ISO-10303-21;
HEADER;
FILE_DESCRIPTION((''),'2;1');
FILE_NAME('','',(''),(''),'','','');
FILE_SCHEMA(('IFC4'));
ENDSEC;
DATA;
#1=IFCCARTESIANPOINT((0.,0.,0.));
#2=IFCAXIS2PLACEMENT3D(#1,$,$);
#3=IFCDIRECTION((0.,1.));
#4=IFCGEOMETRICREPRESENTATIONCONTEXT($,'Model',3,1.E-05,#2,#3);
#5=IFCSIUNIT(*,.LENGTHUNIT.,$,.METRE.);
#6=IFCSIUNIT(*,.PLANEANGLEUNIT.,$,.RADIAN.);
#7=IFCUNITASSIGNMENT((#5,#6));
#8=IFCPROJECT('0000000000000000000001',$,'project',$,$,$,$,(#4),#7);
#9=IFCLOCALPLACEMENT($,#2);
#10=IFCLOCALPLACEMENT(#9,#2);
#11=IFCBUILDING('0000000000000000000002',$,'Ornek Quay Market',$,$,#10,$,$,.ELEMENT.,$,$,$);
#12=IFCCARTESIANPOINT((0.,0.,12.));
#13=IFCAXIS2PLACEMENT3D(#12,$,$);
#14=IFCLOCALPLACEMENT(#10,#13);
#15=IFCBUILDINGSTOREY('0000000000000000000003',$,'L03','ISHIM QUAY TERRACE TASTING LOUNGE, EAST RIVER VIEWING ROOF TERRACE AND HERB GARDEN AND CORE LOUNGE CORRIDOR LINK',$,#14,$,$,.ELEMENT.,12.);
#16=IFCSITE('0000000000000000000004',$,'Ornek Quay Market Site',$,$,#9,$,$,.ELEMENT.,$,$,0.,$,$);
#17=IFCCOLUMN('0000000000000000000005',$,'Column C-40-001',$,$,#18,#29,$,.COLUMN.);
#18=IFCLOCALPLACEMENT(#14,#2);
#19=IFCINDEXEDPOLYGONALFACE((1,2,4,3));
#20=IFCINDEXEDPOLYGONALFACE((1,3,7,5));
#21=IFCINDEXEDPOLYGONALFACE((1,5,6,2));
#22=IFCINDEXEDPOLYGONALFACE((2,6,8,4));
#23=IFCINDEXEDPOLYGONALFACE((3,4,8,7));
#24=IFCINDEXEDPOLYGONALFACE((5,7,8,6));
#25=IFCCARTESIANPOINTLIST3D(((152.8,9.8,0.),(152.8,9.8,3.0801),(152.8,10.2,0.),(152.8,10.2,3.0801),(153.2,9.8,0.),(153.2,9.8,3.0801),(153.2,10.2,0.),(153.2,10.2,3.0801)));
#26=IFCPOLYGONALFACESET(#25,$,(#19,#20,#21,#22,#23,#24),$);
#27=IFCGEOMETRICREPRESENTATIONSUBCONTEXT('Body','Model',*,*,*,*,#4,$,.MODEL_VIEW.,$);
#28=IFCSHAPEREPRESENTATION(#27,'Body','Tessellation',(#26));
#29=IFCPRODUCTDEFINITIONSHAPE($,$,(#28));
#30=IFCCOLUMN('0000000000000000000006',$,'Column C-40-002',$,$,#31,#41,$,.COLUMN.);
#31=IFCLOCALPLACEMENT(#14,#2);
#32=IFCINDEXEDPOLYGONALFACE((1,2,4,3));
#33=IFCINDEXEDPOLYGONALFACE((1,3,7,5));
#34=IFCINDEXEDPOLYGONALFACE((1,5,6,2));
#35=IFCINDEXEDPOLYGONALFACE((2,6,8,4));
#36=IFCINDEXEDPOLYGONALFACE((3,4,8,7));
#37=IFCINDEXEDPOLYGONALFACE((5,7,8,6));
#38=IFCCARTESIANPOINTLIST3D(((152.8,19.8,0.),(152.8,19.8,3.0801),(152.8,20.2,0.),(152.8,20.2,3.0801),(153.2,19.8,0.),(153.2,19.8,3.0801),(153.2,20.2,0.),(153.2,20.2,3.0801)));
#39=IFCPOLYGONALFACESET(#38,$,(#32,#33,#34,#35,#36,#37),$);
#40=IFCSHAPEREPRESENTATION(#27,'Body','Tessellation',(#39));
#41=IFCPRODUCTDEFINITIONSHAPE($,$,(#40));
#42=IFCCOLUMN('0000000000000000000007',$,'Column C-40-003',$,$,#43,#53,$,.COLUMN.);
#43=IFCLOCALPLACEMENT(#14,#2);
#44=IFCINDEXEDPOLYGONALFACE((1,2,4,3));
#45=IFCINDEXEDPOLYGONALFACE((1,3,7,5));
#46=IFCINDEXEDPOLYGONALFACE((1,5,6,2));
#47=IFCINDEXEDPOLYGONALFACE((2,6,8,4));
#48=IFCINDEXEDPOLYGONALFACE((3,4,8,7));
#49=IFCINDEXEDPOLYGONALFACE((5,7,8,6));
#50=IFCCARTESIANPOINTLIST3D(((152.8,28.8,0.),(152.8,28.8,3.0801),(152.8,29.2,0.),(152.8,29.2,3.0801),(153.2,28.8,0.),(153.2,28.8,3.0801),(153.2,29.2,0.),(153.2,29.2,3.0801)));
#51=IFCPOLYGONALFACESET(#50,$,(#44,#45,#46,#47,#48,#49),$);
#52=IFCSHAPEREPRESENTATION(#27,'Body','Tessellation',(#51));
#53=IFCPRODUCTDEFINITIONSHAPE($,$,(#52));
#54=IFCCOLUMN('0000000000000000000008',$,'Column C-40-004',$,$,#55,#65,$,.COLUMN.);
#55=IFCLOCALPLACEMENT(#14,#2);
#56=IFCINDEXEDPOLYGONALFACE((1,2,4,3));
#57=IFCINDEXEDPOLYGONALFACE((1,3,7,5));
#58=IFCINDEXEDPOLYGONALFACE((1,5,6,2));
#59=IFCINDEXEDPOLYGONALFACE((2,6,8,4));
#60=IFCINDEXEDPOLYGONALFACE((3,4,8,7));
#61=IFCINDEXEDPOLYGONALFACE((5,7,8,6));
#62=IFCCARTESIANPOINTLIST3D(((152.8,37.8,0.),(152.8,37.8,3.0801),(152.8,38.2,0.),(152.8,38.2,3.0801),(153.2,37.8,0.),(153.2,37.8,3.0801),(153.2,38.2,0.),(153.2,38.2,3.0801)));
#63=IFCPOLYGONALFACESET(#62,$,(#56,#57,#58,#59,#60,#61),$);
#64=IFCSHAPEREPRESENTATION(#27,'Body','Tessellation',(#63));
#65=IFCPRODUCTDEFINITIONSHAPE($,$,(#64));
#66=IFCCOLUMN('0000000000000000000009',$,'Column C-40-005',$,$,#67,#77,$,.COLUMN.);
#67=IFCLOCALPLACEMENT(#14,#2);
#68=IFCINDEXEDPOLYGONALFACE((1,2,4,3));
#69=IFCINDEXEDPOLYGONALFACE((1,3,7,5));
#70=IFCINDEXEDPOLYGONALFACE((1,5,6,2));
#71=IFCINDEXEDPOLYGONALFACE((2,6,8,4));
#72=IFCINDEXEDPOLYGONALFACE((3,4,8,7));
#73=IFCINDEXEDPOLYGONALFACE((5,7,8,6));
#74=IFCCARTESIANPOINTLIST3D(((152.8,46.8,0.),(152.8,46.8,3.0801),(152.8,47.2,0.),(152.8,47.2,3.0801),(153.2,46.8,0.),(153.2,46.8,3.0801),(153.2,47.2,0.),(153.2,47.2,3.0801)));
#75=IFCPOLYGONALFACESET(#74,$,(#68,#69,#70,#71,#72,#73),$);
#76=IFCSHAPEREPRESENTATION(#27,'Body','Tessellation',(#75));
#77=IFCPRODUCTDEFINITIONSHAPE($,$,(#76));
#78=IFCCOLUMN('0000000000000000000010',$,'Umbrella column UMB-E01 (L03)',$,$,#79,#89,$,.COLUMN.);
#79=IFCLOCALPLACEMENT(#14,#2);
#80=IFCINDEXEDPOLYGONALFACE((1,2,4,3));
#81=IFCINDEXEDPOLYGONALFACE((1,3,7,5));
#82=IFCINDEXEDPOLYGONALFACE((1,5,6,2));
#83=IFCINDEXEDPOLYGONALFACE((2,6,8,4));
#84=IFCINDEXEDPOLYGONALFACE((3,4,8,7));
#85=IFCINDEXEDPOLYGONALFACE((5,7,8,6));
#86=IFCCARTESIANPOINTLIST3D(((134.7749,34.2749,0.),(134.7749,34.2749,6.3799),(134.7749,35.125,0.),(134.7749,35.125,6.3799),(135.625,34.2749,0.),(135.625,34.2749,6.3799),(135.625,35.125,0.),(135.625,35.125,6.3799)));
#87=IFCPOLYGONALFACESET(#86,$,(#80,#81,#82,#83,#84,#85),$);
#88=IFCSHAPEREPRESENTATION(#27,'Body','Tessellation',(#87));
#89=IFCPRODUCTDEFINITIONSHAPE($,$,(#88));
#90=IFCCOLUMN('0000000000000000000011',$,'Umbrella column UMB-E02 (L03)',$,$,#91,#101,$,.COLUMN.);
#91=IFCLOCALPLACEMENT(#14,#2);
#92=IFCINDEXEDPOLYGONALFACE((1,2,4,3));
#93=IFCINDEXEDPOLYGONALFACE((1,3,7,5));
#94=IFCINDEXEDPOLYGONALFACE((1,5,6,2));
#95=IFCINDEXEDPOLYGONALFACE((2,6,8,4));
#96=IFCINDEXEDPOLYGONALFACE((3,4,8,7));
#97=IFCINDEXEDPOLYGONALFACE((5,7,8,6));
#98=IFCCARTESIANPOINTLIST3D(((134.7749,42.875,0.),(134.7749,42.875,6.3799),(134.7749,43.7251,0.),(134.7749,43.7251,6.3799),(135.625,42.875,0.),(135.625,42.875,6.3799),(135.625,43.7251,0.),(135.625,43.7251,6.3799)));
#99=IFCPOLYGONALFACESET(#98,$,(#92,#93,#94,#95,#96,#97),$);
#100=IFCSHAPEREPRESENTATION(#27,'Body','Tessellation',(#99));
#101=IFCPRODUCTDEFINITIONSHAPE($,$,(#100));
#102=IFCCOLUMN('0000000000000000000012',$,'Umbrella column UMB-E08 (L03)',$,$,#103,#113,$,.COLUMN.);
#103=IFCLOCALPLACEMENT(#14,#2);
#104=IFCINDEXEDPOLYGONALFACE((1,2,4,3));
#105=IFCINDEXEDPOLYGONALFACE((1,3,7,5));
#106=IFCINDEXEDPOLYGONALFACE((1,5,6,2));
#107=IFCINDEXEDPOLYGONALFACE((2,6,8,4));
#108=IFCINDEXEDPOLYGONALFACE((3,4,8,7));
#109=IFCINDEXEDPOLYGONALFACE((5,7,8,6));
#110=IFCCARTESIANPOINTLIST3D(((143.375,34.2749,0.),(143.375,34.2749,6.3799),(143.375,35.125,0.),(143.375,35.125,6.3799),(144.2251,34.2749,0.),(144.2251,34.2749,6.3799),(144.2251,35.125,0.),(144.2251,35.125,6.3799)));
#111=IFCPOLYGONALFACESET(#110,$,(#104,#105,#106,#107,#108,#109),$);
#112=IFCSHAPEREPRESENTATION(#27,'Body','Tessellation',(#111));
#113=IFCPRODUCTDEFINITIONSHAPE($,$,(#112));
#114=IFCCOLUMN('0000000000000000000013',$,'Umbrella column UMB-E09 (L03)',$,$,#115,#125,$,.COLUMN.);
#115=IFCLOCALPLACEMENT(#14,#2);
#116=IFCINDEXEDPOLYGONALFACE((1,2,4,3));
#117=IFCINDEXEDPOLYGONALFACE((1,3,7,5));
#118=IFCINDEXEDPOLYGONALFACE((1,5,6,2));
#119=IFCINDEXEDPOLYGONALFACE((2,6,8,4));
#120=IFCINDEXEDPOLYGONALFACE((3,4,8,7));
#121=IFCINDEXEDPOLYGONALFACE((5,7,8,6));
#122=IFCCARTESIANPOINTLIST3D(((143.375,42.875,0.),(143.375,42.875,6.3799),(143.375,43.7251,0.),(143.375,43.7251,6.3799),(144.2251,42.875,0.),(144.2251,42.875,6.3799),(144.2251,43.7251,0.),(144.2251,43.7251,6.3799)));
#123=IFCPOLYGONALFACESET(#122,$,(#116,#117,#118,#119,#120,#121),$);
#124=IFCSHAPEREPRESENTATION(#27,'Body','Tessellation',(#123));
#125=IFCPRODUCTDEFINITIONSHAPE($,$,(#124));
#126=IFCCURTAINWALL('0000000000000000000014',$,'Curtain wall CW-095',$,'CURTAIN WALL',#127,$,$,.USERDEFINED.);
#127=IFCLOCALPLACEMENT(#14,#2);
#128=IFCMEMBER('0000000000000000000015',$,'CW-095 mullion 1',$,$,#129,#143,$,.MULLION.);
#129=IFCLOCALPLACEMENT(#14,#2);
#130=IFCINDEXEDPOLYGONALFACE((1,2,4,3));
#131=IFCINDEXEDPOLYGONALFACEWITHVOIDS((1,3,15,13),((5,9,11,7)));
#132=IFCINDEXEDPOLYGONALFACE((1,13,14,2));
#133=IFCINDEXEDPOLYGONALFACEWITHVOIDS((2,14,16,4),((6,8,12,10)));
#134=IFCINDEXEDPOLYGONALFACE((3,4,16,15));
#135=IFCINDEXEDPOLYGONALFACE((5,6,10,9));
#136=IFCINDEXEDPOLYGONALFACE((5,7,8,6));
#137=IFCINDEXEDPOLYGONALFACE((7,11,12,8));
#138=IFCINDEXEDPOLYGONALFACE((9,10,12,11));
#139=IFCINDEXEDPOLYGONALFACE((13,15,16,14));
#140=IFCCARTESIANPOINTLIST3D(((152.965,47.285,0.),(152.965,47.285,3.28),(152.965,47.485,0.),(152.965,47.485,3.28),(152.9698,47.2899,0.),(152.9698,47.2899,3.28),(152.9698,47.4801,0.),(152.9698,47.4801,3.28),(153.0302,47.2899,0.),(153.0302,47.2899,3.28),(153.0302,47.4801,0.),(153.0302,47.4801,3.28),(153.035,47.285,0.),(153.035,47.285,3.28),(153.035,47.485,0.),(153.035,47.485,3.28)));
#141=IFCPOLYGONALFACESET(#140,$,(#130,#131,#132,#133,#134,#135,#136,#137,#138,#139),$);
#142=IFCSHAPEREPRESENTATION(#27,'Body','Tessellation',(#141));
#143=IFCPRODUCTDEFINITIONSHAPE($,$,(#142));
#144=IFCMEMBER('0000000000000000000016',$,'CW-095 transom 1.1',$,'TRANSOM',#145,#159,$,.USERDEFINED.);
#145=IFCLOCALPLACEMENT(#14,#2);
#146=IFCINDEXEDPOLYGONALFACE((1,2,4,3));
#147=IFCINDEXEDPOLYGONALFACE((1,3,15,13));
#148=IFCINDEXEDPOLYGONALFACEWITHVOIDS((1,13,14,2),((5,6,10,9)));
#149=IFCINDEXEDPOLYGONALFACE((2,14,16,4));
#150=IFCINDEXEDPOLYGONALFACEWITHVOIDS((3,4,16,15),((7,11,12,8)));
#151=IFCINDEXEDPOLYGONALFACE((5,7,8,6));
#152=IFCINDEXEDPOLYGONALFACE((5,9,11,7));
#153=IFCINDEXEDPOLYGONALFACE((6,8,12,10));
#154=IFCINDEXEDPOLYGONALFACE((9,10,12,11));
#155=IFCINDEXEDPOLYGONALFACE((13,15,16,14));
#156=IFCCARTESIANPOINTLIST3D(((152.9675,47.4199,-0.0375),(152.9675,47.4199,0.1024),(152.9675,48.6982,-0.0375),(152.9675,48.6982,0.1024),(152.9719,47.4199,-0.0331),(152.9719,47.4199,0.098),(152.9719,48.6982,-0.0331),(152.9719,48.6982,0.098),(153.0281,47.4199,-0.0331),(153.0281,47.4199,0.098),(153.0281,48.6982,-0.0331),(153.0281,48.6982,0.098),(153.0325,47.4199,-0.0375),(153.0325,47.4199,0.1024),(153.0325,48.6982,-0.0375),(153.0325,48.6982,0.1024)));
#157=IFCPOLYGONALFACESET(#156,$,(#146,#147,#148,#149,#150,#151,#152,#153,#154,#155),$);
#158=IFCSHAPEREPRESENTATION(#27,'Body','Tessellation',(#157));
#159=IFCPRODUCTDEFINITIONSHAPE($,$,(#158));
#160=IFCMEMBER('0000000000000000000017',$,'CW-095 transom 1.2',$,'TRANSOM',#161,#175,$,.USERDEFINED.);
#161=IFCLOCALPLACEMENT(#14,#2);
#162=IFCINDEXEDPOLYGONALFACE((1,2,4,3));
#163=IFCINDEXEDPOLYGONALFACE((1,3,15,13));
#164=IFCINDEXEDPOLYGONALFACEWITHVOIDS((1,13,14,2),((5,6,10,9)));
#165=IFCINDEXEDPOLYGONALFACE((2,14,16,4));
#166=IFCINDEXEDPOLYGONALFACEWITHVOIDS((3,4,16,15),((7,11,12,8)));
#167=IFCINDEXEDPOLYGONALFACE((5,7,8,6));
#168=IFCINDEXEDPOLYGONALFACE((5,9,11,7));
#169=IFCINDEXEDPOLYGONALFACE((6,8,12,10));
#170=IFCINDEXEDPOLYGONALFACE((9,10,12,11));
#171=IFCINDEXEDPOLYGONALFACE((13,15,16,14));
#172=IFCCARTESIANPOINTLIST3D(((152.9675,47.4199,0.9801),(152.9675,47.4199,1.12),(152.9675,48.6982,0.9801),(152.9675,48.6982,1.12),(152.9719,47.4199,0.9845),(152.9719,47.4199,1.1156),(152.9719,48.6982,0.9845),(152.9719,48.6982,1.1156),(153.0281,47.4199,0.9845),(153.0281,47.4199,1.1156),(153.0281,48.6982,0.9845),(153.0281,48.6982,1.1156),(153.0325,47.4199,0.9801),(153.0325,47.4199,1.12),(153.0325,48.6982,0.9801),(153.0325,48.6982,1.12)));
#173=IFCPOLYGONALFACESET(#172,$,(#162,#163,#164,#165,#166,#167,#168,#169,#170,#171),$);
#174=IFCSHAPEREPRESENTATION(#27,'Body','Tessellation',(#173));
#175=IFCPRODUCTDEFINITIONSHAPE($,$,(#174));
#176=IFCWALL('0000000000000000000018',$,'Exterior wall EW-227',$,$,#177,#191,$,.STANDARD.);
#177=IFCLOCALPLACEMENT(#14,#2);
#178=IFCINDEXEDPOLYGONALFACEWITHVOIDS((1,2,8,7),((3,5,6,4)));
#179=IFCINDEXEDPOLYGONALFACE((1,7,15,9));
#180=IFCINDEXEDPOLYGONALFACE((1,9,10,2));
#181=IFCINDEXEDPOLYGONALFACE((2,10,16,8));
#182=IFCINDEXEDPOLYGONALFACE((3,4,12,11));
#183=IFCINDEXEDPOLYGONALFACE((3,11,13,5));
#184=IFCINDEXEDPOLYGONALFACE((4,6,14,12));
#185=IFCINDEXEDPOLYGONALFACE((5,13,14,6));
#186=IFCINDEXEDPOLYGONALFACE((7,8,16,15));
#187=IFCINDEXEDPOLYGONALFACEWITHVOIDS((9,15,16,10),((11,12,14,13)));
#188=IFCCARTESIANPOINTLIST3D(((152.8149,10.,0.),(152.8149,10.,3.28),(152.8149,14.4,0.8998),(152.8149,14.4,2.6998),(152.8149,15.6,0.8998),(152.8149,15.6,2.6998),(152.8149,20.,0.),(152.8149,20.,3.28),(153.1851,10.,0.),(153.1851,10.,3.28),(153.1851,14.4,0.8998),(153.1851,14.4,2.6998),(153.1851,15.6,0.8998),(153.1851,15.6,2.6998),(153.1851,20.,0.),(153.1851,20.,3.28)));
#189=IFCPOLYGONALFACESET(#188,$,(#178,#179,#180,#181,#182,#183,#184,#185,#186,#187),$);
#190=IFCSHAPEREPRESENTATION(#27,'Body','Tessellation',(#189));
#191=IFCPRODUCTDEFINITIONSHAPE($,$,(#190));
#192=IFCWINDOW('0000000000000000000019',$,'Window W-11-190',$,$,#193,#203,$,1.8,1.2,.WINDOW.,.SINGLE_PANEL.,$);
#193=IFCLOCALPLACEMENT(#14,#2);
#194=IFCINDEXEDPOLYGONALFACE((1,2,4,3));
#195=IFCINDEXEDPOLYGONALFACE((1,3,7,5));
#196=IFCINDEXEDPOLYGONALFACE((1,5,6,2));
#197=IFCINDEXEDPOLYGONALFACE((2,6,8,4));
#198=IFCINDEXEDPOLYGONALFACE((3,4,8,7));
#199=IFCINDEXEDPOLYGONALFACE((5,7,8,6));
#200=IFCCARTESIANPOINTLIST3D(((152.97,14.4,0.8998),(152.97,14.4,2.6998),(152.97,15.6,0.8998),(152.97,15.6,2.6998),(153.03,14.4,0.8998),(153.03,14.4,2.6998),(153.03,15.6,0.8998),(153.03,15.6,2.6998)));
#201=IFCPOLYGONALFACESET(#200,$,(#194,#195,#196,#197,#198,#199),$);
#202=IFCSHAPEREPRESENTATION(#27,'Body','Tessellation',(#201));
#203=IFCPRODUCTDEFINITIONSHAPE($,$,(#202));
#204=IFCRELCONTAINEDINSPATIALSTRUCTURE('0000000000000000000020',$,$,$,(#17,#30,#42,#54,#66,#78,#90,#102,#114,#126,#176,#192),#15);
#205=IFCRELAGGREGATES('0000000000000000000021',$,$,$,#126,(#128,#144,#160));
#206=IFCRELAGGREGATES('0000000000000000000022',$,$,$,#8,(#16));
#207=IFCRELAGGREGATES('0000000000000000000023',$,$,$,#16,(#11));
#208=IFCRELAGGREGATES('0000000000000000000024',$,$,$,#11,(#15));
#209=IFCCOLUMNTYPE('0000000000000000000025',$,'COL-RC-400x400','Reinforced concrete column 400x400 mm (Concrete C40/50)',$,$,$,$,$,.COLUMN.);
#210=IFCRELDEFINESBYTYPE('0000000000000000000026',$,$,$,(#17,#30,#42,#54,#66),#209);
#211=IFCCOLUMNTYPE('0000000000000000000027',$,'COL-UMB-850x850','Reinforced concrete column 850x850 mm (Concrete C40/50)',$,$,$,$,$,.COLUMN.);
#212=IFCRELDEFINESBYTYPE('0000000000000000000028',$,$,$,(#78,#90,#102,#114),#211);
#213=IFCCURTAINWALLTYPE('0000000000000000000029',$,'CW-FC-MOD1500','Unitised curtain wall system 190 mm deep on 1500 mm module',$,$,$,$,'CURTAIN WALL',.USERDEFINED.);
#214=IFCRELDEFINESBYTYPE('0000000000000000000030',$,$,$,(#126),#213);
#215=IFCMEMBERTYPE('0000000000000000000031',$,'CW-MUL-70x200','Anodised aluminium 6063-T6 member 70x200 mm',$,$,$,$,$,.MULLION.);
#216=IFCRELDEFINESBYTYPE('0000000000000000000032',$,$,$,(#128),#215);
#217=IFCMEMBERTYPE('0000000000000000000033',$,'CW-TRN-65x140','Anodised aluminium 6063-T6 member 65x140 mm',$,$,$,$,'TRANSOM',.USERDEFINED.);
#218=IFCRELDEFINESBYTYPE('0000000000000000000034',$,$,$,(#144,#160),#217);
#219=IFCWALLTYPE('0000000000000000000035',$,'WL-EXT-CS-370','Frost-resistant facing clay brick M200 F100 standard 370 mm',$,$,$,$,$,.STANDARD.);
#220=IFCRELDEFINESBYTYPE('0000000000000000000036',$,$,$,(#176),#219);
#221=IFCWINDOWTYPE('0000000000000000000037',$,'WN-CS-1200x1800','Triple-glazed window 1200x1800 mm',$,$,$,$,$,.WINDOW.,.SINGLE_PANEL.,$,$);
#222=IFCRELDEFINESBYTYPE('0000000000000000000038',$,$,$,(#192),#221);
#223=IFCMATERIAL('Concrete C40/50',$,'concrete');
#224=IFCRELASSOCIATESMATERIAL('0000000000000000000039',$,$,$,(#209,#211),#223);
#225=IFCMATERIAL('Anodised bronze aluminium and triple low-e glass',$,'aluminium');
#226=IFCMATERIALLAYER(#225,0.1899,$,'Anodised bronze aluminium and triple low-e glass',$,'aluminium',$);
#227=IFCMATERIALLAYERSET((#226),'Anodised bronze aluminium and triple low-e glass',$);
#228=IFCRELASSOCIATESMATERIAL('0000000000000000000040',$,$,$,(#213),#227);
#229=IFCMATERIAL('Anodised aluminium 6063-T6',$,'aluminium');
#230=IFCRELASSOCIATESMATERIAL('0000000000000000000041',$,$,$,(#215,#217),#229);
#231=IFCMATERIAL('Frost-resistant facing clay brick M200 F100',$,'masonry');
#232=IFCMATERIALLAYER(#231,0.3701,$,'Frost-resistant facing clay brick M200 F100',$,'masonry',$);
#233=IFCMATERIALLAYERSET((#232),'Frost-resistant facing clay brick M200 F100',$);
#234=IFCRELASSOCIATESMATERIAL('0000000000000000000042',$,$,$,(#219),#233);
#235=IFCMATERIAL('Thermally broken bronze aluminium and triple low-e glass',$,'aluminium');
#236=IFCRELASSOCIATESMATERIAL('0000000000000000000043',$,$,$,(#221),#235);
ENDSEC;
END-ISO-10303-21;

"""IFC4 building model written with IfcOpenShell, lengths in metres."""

from ifc_helpers import new_model, si_unit, direction, frame, frame_2d, origin, origin_2d, place, context, subcontext, project, spatial, rectangle, hollow_rectangle, extrude, material, layer, layer_set, material_profile, profile_set, type_object, element, fill, aggregate, save


model = new_model("IFC4")

# Units and contexts
model_context = context("Model", 3, precision=1e-05, world=origin(), true_north=direction((0.0, 1.0)))
body_context = subcontext(model_context, "Body", "Model", "MODEL_VIEW")
ifc_project = project(units=[si_unit("LENGTHUNIT", "METRE"), si_unit("PLANEANGLEUNIT", "RADIAN")], contexts=[model_context])

# Site, building, storey
site_placement = place(None, origin())
site = spatial("IfcSite", under=ifc_project, at=site_placement, Name="Ornek Quay Market Site", CompositionType="ELEMENT", RefElevation=0.0)
building_placement = place(site_placement, origin())
building = spatial("IfcBuilding", under=site, at=building_placement, Name="Ornek Quay Market", CompositionType="ELEMENT")
storey_placement = place(building_placement, frame((0.0, 0.0, 12.0)))
storey = spatial("IfcBuildingStorey", under=building, at=storey_placement, Name="L03", Description="ISHIM QUAY TERRACE TASTING LOUNGE, EAST RIVER VIEWING ROOF TERRACE AND HERB GARDEN AND CORE LOUNGE CORRIDOR LINK", CompositionType="ELEMENT", Elevation=12.0)

# Columns
ifc_material_1 = material(Name="Concrete C40/50", Category="concrete")
ifc_material_profile_1 = material_profile(ifc_material_1, rectangle(XDim=0.3999, YDim=0.3999, at=origin_2d()), Name="RC 400x400", Category="concrete")
ifc_profile_set_1 = profile_set([ifc_material_profile_1], Name="Concrete C40/50")
column_type_1 = type_object("IfcColumnType", Name="COL-RC-400x400", Description="Reinforced concrete column 400x400 mm (Concrete C40/50)", PredefinedType="COLUMN", material=ifc_profile_set_1)
for number, where, z_axis, x_axis, name in (
    (1, (153.0, 10.0, 0.0), (0.0, 0.0, 1.0), (1.0, 0.0, 0.0), "Column C-40-001"),
    (2, (153.0, 20.0, 0.0), (0.0, 0.0, 1.0), (1.0, 0.0, 0.0), "Column C-40-002"),
    (3, (153.0, 29.0, 0.0), (0.0, 0.0, 1.0), (1.0, 0.0, 0.0), "Column C-40-003"),
    (4, (153.0, 38.0, 0.0), (0.0, 0.0, 1.0), (1.0, 0.0, 0.0), "Column C-40-004"),
    (5, (153.0, 47.0, 0.0), (0.0, 0.0, 1.0), (1.0, 0.0, 0.0), "Column C-40-005"),
):
    element("IfcColumn", number, at=place(storey_placement, frame(where, z_axis=z_axis, x_axis=x_axis)), inside=storey, type_object=column_type_1, Name=name, PredefinedType="COLUMN", context=body_context, shape_type="SweptSolid", body=[
        extrude(rectangle(XDim=0.3999, YDim=0.3999, at=origin_2d()), origin(), (0.0, 0.0, 1.0), 3.0801),
    ])
ifc_material_profile_2 = material_profile(ifc_material_1, rectangle(XDim=0.8501, YDim=0.8501, at=origin_2d()), Name="RC 850x850", Category="concrete")
ifc_profile_set_2 = profile_set([ifc_material_profile_2], Name="Concrete C40/50")
column_type_2 = type_object("IfcColumnType", Name="COL-UMB-850x850", Description="Reinforced concrete column 850x850 mm (Concrete C40/50)", PredefinedType="COLUMN", material=ifc_profile_set_2)
for number, where, z_axis, x_axis, name in (
    (6, (135.2, 34.7, 0.0), (0.0, 0.0, 1.0), (1.0, 0.0, 0.0), "Umbrella column UMB-E01 (L03)"),
    (7, (135.2, 43.3, 0.0), (0.0, 0.0, 1.0), (1.0, 0.0, 0.0), "Umbrella column UMB-E02 (L03)"),
    (8, (143.8, 34.7, 0.0), (0.0, 0.0, 1.0), (1.0, 0.0, 0.0), "Umbrella column UMB-E08 (L03)"),
    (9, (143.8, 43.3, 0.0), (0.0, 0.0, 1.0), (1.0, 0.0, 0.0), "Umbrella column UMB-E09 (L03)"),
):
    element("IfcColumn", number, at=place(storey_placement, frame(where, z_axis=z_axis, x_axis=x_axis)), inside=storey, type_object=column_type_2, Name=name, PredefinedType="COLUMN", context=body_context, shape_type="SweptSolid", body=[
        extrude(rectangle(XDim=0.8501, YDim=0.8501, at=origin_2d()), origin(), (0.0, 0.0, 1.0), 6.3799),
    ])

# Curtain wall, members
ifc_material_2 = material(Name="Anodised bronze aluminium and triple low-e glass", Category="aluminium")
ifc_layer_1 = layer(ifc_material_2, 0.1899, Name="Anodised bronze aluminium and triple low-e glass", Category="aluminium")
ifc_layer_set_1 = layer_set([ifc_layer_1], Name="Anodised bronze aluminium and triple low-e glass")
curtain_wall_type = type_object("IfcCurtainWallType", Name="CW-FC-MOD1500", Description="Unitised curtain wall system 190 mm deep on 1500 mm module", ElementType="CURTAIN WALL", PredefinedType="USERDEFINED", material=ifc_layer_set_1)
curtain_wall_placement = place(storey_placement, origin())
curtain_wall = element("IfcCurtainWall", 10, at=curtain_wall_placement, inside=storey, type_object=curtain_wall_type, Name="Curtain wall CW-095", ObjectType="CURTAIN WALL", PredefinedType="USERDEFINED")
ifc_material_3 = material(Name="Anodised aluminium 6063-T6", Category="aluminium")
ifc_material_profile_3 = material_profile(ifc_material_3, hollow_rectangle(XDim=0.0701, YDim=0.2, WallThickness=0.0049, at=origin_2d()), Name="CW-MUL-70x200", Category="aluminium")
ifc_profile_set_3 = profile_set([ifc_material_profile_3], Name="Anodised aluminium 6063-T6")
member_type_1 = type_object("IfcMemberType", Name="CW-MUL-70x200", Description="Anodised aluminium 6063-T6 member 70x200 mm", PredefinedType="MULLION", material=ifc_profile_set_3)
member_1_placement = place(storey_placement, frame((153.0, 47.385, 0.0), z_axis=(0.0, 0.0, 1.0), x_axis=(-1.0, 0.0, 0.0)))
member_1 = element("IfcMember", 11, at=member_1_placement, type_object=member_type_1, Name="CW-095 mullion 1", PredefinedType="MULLION", context=body_context, shape_type="SweptSolid", body=[
    extrude(hollow_rectangle(XDim=0.0701, YDim=0.2, WallThickness=0.0049, at=origin_2d()), origin(), (0.0, 0.0, 1.0), 3.28),
])
ifc_material_profile_4 = material_profile(ifc_material_3, hollow_rectangle(XDim=0.0649, YDim=0.1399, WallThickness=0.0044, at=origin_2d()), Name="CW-TRN-65x140", Category="aluminium")
ifc_profile_set_4 = profile_set([ifc_material_profile_4], Name="Anodised aluminium 6063-T6")
member_type_2 = type_object("IfcMemberType", Name="CW-TRN-65x140", Description="Anodised aluminium 6063-T6 member 65x140 mm", ElementType="TRANSOM", PredefinedType="USERDEFINED", material=ifc_profile_set_4)
member_2_placement = place(storey_placement, frame((153.0, 47.4199, 0.0325), z_axis=(0.0, 1.0, 0.0), x_axis=(-1.0, 0.0, 0.0)))
member_2 = element("IfcMember", 12, at=member_2_placement, type_object=member_type_2, Name="CW-095 transom 1.1", ObjectType="TRANSOM", PredefinedType="USERDEFINED", context=body_context, shape_type="SweptSolid", body=[
    extrude(hollow_rectangle(XDim=0.0649, YDim=0.1399, WallThickness=0.0044, at=origin_2d()), origin(), (0.0, 0.0, 1.0), 1.2783),
])
member_3_placement = place(storey_placement, frame((153.0, 47.4199, 1.05), z_axis=(0.0, 1.0, 0.0), x_axis=(-1.0, 0.0, 0.0)))
member_3 = element("IfcMember", 13, at=member_3_placement, type_object=member_type_2, Name="CW-095 transom 1.2", ObjectType="TRANSOM", PredefinedType="USERDEFINED", context=body_context, shape_type="SweptSolid", body=[
    extrude(hollow_rectangle(XDim=0.0649, YDim=0.1399, WallThickness=0.0044, at=origin_2d()), origin(), (0.0, 0.0, 1.0), 1.2783),
])
aggregate(curtain_wall, [member_1, member_2, member_3])

# Wall, opening, window
ifc_material_4 = material(Name="Frost-resistant facing clay brick M200 F100", Category="masonry")
ifc_layer_2 = layer(ifc_material_4, 0.3701, Name="Frost-resistant facing clay brick M200 F100", Category="masonry")
ifc_layer_set_2 = layer_set([ifc_layer_2], Name="Frost-resistant facing clay brick M200 F100")
wall_type = type_object("IfcWallType", Name="WL-EXT-CS-370", Description="Frost-resistant facing clay brick M200 F100 standard 370 mm", PredefinedType="STANDARD", material=ifc_layer_set_2)
wall_1_placement = place(storey_placement, frame((153.0, 10.0, 0.0), z_axis=(0.0, 0.0, 1.0), x_axis=(0.0, 1.0, 0.0)))
wall_1 = element("IfcWall", 14, at=wall_1_placement, inside=storey, type_object=wall_type, Name="Exterior wall EW-227", PredefinedType="STANDARD", context=body_context, shape_type="SweptSolid", body=[
    extrude(rectangle(XDim=10.0, YDim=0.3701, at=frame_2d((5.0, 0.0))), origin(), (0.0, 0.0, 1.0), 3.28),
])
opening_1_placement = place(wall_1_placement, frame((4.3999, 0.0, 0.8999)))
opening_1 = element("IfcOpeningElement", 15, at=opening_1_placement, cuts=wall_1, PredefinedType="OPENING", context=body_context, shape_type="SweptSolid", body=[
    extrude(rectangle(XDim=1.2, YDim=1.8, at=frame_2d((0.6001, 0.8999))), frame((0.0, 0.1951, 0.0), z_axis=(0.0, -1.0, 0.0), x_axis=(1.0, 0.0, 0.0)), (0.0, 0.0, 1.0), 0.3901),
])
ifc_material_5 = material(Name="Thermally broken bronze aluminium and triple low-e glass", Category="aluminium")
window_type_1 = type_object("IfcWindowType", Name="WN-CS-1200x1800", Description="Triple-glazed window 1200x1800 mm", PartitioningType="SINGLE_PANEL", PredefinedType="WINDOW", material=ifc_material_5)
window_1_placement = place(opening_1_placement, origin())
window_1 = element("IfcWindow", 16, at=window_1_placement, inside=storey, type_object=window_type_1, Name="Window W-11-190", OverallHeight=1.8, OverallWidth=1.2, PartitioningType="SINGLE_PANEL", PredefinedType="WINDOW", context=body_context, shape_type="SweptSolid", body=[
    extrude(rectangle(XDim=1.2, YDim=1.8, at=frame_2d((0.6001, 0.8999))), frame((0.0, 0.03, 0.0), z_axis=(0.0, -1.0, 0.0), x_axis=(1.0, 0.0, 0.0)), (0.0, 0.0, 1.0), 0.0601),
])
fill(opening_1, window_1)

save(model, "model.ifc")
